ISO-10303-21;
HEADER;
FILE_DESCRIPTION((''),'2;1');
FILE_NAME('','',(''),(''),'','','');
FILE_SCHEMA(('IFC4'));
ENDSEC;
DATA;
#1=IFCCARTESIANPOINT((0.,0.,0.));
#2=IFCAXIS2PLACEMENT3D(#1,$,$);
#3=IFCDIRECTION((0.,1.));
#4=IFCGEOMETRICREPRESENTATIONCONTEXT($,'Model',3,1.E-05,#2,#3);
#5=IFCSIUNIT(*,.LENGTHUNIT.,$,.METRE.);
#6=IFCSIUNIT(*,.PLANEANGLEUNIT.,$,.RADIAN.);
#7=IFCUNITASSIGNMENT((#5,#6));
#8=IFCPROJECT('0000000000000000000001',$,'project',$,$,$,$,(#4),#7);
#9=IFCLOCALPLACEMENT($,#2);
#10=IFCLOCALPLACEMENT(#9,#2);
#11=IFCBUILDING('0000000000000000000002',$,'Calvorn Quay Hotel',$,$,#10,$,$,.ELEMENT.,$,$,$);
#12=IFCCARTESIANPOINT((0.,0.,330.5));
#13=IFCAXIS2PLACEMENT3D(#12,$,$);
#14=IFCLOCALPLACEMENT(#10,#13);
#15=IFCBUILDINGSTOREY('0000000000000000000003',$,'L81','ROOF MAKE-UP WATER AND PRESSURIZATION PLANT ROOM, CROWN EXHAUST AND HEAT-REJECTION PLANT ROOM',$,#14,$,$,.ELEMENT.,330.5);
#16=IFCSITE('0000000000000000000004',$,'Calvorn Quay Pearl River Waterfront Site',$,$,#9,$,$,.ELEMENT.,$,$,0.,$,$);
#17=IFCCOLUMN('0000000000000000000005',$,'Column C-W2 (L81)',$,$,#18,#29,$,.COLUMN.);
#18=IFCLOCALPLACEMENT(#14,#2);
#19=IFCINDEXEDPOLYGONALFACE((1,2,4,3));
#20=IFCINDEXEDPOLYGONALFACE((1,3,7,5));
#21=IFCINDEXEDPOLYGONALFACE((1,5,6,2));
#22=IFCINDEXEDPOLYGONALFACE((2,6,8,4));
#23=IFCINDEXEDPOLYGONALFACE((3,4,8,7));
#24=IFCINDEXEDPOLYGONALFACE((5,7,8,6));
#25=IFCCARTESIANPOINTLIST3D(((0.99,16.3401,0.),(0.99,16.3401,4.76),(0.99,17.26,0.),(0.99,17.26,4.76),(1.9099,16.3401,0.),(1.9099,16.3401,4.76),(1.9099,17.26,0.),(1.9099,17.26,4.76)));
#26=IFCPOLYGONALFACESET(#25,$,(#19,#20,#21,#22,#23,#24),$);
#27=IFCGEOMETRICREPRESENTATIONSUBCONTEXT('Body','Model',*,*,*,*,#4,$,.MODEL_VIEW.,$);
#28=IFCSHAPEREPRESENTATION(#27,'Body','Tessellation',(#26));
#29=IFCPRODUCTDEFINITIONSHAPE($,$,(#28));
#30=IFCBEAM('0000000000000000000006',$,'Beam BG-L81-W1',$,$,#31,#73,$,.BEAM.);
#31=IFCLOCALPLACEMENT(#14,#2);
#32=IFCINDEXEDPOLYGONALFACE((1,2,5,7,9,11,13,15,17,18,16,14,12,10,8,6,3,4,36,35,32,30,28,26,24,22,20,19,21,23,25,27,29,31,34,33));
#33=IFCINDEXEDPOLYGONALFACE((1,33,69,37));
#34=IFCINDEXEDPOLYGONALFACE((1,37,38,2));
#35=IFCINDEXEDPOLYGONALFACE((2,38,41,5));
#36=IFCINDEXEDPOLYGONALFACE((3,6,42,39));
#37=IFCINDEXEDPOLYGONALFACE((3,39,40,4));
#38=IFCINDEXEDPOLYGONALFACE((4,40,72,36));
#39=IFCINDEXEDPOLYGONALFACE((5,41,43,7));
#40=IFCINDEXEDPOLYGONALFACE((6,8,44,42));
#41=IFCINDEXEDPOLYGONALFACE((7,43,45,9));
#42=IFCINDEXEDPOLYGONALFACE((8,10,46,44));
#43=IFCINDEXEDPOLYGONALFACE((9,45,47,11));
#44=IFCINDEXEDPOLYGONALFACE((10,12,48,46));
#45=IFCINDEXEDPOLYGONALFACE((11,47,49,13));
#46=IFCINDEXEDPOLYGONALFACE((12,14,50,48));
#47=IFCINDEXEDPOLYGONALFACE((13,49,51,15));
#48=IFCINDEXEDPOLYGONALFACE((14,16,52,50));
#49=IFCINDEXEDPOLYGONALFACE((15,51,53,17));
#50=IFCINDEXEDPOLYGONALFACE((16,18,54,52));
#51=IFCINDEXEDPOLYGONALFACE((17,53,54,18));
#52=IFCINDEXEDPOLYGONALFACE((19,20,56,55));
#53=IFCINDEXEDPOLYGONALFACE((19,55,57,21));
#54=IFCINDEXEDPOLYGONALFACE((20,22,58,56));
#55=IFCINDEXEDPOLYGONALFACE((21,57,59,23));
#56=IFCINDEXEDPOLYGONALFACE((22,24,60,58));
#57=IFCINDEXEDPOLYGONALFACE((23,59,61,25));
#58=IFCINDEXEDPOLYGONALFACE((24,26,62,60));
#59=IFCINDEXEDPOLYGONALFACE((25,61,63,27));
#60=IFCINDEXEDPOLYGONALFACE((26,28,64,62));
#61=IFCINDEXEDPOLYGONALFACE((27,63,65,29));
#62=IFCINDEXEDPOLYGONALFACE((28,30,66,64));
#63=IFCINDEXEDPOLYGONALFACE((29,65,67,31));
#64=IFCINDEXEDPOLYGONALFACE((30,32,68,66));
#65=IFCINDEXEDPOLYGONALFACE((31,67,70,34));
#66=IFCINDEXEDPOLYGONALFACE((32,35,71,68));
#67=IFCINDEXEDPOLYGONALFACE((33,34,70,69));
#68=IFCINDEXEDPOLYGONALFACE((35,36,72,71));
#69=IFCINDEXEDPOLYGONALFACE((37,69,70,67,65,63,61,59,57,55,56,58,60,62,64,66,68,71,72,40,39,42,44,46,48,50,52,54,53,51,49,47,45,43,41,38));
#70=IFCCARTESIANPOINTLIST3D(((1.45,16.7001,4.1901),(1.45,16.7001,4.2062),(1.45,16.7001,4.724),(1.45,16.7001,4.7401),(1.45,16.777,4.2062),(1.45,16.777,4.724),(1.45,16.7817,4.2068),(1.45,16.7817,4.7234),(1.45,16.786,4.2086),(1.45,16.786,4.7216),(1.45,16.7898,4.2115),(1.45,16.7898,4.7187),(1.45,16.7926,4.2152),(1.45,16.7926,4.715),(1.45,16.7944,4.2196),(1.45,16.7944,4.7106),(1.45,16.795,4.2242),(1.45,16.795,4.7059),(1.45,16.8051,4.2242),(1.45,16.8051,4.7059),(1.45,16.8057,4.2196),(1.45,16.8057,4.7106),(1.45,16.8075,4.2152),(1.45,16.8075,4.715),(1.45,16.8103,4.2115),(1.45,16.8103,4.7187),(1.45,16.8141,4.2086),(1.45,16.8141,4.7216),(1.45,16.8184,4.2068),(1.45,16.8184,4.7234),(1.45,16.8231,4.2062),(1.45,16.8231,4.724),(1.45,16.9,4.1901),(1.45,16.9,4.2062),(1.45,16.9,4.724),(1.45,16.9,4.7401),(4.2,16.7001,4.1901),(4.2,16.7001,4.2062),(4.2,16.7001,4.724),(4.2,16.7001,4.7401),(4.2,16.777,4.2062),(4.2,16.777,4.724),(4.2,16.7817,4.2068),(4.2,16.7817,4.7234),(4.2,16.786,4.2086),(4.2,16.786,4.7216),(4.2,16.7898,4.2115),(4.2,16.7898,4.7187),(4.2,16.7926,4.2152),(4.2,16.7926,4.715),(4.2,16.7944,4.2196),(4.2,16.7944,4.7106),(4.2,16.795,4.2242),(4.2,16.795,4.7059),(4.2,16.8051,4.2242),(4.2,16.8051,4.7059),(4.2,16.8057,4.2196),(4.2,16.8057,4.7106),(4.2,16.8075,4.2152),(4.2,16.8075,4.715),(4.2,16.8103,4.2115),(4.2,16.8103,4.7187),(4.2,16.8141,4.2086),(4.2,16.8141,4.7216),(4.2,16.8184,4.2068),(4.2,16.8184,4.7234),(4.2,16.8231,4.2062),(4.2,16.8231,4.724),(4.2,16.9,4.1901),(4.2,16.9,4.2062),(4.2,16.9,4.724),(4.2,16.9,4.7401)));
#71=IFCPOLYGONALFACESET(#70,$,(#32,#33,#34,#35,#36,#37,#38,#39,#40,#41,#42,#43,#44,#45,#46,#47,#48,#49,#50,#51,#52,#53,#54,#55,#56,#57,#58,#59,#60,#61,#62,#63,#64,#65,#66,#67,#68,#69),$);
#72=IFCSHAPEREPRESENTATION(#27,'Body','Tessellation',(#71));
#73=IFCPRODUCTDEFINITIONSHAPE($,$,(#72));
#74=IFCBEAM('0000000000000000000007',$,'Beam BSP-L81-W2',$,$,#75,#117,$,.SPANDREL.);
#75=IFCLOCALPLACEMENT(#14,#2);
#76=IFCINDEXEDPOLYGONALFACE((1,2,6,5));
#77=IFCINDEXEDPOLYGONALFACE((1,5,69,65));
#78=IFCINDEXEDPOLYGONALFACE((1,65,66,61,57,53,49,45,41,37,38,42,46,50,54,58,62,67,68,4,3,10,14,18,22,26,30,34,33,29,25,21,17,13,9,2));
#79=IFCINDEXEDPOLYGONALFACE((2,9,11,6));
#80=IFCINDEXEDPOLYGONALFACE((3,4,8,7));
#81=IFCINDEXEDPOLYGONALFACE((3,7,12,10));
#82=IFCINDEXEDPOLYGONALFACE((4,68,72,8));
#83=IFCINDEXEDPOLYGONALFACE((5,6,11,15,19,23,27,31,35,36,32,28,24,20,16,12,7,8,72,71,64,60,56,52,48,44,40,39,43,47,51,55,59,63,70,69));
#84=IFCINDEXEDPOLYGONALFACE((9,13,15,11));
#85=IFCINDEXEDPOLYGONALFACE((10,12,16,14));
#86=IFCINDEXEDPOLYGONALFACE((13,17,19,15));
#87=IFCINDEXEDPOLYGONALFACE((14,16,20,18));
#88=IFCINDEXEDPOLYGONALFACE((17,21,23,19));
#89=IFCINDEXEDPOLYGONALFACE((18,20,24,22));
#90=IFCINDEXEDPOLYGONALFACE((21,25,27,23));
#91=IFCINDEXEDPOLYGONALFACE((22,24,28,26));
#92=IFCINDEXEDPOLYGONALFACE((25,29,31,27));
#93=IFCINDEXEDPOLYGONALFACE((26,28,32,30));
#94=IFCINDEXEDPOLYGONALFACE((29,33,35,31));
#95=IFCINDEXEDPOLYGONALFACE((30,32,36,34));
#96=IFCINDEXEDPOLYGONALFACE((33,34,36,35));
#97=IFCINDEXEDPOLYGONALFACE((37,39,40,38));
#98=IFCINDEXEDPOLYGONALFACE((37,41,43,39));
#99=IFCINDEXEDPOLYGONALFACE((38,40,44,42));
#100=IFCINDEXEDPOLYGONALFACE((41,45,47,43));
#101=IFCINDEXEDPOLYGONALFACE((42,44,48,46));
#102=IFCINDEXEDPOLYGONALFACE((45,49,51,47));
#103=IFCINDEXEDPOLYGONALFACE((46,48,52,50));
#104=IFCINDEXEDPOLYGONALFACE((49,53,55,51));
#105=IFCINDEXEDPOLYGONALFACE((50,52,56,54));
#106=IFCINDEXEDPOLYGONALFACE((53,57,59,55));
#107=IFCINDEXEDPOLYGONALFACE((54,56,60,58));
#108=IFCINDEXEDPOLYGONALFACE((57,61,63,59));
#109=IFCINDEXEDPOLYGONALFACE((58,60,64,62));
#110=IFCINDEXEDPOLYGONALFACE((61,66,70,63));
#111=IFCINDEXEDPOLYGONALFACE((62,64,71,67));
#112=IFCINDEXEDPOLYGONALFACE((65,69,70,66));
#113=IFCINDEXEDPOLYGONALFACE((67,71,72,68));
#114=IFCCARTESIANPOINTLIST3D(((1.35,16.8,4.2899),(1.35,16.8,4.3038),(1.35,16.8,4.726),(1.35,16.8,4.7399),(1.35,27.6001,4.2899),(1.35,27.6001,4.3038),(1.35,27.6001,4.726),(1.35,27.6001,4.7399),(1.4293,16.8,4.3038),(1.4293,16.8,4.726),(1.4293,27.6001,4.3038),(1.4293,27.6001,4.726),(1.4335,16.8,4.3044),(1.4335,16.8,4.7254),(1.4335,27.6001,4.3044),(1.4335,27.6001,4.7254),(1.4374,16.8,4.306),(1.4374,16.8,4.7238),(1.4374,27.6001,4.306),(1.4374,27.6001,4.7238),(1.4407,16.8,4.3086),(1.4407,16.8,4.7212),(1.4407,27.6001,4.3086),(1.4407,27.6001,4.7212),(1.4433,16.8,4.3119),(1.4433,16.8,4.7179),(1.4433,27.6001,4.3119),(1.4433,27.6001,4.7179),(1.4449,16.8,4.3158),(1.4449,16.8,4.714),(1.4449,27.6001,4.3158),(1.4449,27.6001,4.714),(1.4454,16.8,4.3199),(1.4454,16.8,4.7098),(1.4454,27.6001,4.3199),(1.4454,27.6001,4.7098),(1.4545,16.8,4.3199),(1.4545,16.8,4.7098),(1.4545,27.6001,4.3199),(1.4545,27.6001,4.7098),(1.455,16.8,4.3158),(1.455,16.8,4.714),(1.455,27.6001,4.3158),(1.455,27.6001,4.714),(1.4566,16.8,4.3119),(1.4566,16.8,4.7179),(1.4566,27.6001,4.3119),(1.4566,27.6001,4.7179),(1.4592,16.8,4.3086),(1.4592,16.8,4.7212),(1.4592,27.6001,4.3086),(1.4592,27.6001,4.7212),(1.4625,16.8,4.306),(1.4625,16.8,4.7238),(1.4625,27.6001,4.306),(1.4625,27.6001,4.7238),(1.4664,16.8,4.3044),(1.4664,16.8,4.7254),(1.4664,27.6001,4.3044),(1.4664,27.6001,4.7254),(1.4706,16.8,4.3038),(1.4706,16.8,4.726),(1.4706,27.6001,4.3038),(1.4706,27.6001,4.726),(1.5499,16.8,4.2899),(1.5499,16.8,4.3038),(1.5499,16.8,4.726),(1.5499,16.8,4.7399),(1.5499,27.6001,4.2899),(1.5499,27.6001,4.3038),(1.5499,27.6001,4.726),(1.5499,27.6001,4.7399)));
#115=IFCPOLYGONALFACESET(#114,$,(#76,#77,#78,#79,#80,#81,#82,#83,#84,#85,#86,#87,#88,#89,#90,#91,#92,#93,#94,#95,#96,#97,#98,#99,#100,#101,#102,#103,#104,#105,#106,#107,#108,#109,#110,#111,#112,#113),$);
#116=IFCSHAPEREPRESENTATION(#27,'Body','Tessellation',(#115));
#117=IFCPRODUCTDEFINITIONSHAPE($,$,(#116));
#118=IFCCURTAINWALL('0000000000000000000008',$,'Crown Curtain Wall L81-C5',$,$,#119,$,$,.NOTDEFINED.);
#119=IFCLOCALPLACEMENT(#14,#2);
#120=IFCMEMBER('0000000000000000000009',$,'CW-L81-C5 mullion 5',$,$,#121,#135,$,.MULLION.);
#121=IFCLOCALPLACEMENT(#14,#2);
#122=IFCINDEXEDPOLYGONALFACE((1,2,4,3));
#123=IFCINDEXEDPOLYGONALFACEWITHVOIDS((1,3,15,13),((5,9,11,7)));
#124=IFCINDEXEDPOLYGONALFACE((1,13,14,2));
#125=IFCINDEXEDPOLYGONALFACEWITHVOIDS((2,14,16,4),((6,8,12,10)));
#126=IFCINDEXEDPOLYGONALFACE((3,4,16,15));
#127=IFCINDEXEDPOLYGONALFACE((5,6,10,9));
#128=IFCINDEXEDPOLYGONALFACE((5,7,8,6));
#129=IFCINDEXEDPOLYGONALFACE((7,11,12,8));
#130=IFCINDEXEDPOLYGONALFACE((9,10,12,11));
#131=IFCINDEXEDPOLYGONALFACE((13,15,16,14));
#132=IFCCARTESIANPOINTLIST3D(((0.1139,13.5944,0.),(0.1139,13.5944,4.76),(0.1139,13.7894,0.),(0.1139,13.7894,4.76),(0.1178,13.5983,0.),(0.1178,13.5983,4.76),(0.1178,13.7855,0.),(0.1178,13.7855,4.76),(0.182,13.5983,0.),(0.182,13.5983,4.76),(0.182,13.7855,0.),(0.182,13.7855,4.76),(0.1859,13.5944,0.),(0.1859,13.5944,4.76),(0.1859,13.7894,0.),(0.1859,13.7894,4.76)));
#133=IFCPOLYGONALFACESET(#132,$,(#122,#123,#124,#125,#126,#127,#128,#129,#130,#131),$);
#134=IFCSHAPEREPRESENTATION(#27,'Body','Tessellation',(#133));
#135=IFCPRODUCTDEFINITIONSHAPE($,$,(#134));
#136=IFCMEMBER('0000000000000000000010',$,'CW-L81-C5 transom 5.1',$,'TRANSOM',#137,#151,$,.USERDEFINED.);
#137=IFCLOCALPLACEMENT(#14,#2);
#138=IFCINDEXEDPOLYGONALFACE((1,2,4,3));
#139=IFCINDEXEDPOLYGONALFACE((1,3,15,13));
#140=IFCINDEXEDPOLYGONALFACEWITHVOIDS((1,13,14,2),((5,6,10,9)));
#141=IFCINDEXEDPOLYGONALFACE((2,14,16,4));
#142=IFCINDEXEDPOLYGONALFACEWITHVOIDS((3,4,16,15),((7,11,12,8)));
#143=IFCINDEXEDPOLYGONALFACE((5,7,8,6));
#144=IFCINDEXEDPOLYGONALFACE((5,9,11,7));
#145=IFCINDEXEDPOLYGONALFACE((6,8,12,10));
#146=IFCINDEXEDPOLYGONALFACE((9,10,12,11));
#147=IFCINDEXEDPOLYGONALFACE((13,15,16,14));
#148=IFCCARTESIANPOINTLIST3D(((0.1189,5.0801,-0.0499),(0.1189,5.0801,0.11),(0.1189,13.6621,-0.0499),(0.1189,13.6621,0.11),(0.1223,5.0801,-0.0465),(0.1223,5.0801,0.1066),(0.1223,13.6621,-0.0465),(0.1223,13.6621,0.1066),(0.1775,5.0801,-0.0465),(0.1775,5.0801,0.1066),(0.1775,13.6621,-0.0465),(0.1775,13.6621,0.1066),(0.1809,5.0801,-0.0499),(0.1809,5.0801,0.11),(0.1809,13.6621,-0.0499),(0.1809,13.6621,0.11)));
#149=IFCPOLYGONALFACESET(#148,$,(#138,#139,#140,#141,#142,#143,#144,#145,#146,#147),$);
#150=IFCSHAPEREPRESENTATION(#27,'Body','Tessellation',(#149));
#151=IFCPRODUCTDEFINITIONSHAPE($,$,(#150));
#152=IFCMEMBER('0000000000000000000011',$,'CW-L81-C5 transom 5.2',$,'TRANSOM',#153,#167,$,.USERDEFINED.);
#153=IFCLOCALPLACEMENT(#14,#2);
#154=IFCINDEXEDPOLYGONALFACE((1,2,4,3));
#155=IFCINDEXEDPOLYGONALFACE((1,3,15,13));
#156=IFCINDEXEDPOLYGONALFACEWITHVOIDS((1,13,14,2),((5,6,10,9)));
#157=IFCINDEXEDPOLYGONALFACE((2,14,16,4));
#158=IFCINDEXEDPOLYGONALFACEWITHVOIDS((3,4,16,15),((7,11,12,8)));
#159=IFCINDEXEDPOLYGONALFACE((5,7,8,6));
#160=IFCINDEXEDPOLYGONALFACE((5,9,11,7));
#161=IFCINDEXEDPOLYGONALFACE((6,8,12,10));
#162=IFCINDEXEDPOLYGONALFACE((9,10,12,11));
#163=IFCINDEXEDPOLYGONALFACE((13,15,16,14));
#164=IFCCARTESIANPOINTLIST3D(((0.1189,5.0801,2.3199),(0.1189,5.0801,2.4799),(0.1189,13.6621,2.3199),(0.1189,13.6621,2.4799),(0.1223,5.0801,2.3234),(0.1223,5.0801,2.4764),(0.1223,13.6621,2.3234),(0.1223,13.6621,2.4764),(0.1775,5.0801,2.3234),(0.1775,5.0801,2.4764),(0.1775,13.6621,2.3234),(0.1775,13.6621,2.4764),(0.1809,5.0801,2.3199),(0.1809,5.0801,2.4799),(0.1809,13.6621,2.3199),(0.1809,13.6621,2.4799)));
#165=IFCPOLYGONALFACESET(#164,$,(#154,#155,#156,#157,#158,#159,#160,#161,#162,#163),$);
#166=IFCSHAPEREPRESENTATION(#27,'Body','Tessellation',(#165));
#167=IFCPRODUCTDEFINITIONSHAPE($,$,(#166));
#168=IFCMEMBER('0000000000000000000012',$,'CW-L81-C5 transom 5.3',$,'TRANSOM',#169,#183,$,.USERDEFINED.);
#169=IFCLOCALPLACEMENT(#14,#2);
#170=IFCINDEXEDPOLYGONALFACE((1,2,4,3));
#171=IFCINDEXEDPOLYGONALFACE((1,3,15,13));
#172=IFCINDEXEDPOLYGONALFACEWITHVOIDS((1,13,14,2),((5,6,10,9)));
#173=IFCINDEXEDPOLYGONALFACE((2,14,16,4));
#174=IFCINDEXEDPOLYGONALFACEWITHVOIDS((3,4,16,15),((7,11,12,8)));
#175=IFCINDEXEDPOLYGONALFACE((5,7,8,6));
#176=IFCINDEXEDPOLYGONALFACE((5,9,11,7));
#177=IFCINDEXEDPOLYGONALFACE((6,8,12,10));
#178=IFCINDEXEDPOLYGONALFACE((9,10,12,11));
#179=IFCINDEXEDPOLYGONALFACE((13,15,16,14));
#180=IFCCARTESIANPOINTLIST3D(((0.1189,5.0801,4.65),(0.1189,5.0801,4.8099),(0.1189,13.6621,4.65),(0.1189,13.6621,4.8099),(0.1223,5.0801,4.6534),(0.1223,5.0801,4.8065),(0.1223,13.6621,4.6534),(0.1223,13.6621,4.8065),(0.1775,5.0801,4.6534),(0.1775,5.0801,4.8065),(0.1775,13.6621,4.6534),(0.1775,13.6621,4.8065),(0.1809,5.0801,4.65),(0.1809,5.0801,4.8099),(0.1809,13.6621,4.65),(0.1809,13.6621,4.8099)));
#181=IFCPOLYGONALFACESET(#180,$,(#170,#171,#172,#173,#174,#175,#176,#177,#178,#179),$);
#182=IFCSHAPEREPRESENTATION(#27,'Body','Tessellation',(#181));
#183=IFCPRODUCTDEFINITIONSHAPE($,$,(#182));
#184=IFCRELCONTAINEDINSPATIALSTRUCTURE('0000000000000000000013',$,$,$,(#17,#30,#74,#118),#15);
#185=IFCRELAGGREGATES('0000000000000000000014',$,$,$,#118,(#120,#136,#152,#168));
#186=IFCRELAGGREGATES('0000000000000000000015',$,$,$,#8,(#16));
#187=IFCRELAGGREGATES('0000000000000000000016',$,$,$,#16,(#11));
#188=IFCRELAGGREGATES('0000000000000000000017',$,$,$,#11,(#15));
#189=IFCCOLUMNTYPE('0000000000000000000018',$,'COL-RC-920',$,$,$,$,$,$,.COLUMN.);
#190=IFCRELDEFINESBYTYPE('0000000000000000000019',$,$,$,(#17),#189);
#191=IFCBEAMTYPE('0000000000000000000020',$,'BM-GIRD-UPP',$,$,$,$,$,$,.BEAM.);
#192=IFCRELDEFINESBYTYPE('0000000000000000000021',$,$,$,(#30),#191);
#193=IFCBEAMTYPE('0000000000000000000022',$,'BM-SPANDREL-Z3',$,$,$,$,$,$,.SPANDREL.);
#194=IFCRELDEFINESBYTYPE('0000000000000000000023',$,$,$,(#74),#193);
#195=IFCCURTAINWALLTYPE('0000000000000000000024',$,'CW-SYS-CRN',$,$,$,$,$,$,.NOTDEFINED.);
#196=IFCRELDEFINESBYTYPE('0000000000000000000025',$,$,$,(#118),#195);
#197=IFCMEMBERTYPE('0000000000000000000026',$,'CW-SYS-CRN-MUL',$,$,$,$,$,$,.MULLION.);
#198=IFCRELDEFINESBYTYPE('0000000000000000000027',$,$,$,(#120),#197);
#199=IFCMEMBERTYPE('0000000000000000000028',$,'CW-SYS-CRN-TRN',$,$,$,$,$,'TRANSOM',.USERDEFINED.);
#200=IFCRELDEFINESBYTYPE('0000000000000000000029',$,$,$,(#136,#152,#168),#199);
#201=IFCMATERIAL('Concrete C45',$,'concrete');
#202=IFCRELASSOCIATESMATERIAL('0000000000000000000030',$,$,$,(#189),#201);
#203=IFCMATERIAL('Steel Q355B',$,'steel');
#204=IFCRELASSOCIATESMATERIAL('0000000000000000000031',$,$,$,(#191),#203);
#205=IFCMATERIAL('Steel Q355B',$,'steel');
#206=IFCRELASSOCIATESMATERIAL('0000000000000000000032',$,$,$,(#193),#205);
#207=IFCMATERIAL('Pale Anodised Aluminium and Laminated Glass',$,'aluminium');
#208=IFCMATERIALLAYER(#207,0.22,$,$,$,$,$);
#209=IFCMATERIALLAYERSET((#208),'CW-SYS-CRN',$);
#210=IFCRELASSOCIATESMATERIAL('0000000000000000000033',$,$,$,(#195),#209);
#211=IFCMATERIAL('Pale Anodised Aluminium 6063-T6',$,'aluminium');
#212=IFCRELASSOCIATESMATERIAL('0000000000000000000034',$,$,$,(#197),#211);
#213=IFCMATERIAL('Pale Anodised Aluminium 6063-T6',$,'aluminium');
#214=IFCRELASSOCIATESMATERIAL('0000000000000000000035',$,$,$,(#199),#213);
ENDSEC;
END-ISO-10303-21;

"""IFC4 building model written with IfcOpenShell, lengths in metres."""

from ifc_helpers import new_model, si_unit, direction, frame, origin, origin_2d, place, context, subcontext, project, spatial, rectangle, hollow_rectangle, i_section, extrude, material, layer, layer_set, material_profile, profile_set, type_object, element, aggregate, save


model = new_model("IFC4")

# Units and contexts
model_context = context("Model", 3, precision=1e-05, world=origin(), true_north=direction((0.0, 1.0)))
body_context = subcontext(model_context, "Body", "Model", "MODEL_VIEW")
ifc_project = project(units=[si_unit("LENGTHUNIT", "METRE"), si_unit("PLANEANGLEUNIT", "RADIAN")], contexts=[model_context])

# Site, building, storey
site_placement = place(None, origin())
site = spatial("IfcSite", under=ifc_project, at=site_placement, Name="Calvorn Quay Pearl River Waterfront Site", CompositionType="ELEMENT", RefElevation=0.0)
building_placement = place(site_placement, origin())
building = spatial("IfcBuilding", under=site, at=building_placement, Name="Calvorn Quay Hotel", CompositionType="ELEMENT")
storey_placement = place(building_placement, frame((0.0, 0.0, 330.5)))
storey = spatial("IfcBuildingStorey", under=building, at=storey_placement, Name="L81", Description="ROOF MAKE-UP WATER AND PRESSURIZATION PLANT ROOM, CROWN EXHAUST AND HEAT-REJECTION PLANT ROOM", CompositionType="ELEMENT", Elevation=330.5)

# Column
ifc_material_1 = material(Name="Concrete C45", Category="concrete")
ifc_material_profile_1 = material_profile(ifc_material_1, rectangle(XDim=0.9199, YDim=0.9199, at=origin_2d()), Name="RC920x920")
ifc_profile_set_1 = profile_set([ifc_material_profile_1], Name="Concrete C45")
column_type = type_object("IfcColumnType", Name="COL-RC-920", PredefinedType="COLUMN", material=ifc_profile_set_1)
column_placement = place(storey_placement, frame((1.45, 16.8, 0.0), z_axis=(0.0, 0.0, 1.0), x_axis=(1.0, 0.0, 0.0)))
element("IfcColumn", 1, at=column_placement, inside=storey, type_object=column_type, Name="Column C-W2 (L81)", PredefinedType="COLUMN", context=body_context, shape_type="SweptSolid", body=[
    extrude(rectangle(XDim=0.9199, YDim=0.9199, at=origin_2d()), origin(), (0.0, 0.0, 1.0), 4.76),
])

# Beams
ifc_material_2 = material(Name="Steel Q355B", Category="steel")
ifc_material_profile_2 = material_profile(ifc_material_2, i_section(OverallWidth=0.2, OverallDepth=0.55, WebThickness=0.01, FlangeThickness=0.0161, FilletRadius=0.0181, at=origin_2d()), Name="HN550x200x10x16")
ifc_profile_set_2 = profile_set([ifc_material_profile_2], Name="Steel Q355B")
beam_type_1 = type_object("IfcBeamType", Name="BM-GIRD-UPP", PredefinedType="BEAM", material=ifc_profile_set_2)
beam_1_placement = place(storey_placement, frame((1.45, 16.8, 4.4651), z_axis=(1.0, 0.0, 0.0), x_axis=(0.0, 1.0, 0.0)))
element("IfcBeam", 2, at=beam_1_placement, inside=storey, type_object=beam_type_1, Name="Beam BG-L81-W1", PredefinedType="BEAM", context=body_context, shape_type="SweptSolid", body=[
    extrude(i_section(OverallWidth=0.2, OverallDepth=0.55, WebThickness=0.01, FlangeThickness=0.0161, FilletRadius=0.0181, at=origin_2d()), origin(), (0.0, 0.0, 1.0), 2.75),
])
ifc_material_3 = material(Name="Steel Q355B", Category="steel")
ifc_material_profile_3 = material_profile(ifc_material_3, i_section(OverallWidth=0.2, OverallDepth=0.45, WebThickness=0.009, FlangeThickness=0.0139, FilletRadius=0.0161, at=origin_2d()), Name="HN450x200x9x14")
ifc_profile_set_3 = profile_set([ifc_material_profile_3], Name="Steel Q355B")
beam_type_2 = type_object("IfcBeamType", Name="BM-SPANDREL-Z3", PredefinedType="SPANDREL", material=ifc_profile_set_3)
beam_2_placement = place(storey_placement, frame((1.45, 16.8, 4.5149), z_axis=(0.0, 1.0, 0.0), x_axis=(-1.0, 0.0, 0.0)))
element("IfcBeam", 3, at=beam_2_placement, inside=storey, type_object=beam_type_2, Name="Beam BSP-L81-W2", PredefinedType="SPANDREL", context=body_context, shape_type="SweptSolid", body=[
    extrude(i_section(OverallWidth=0.2, OverallDepth=0.45, WebThickness=0.009, FlangeThickness=0.0139, FilletRadius=0.0161, at=origin_2d()), origin(), (0.0, 0.0, 1.0), 10.8),
])

# Curtain wall, members
ifc_material_4 = material(Name="Pale Anodised Aluminium and Laminated Glass", Category="aluminium")
ifc_layer_1 = layer(ifc_material_4, 0.22)
ifc_layer_set_1 = layer_set([ifc_layer_1], Name="CW-SYS-CRN")
curtain_wall_type = type_object("IfcCurtainWallType", Name="CW-SYS-CRN", PredefinedType="NOTDEFINED", material=ifc_layer_set_1)
curtain_wall_placement = place(storey_placement, origin())
curtain_wall = element("IfcCurtainWall", 4, at=curtain_wall_placement, inside=storey, type_object=curtain_wall_type, Name="Crown Curtain Wall L81-C5", PredefinedType="NOTDEFINED")
ifc_material_5 = material(Name="Pale Anodised Aluminium 6063-T6", Category="aluminium")
ifc_material_profile_4 = material_profile(ifc_material_5, hollow_rectangle(XDim=0.072, YDim=0.1951, WallThickness=0.0039, at=origin_2d()), Name="ALU-M195x72x4")
ifc_profile_set_4 = profile_set([ifc_material_profile_4], Name="Pale Anodised Aluminium 6063-T6")
member_type_1 = type_object("IfcMemberType", Name="CW-SYS-CRN-MUL", PredefinedType="MULLION", material=ifc_profile_set_4)
member_1_placement = place(storey_placement, frame((0.1499, 13.6919, 0.0), z_axis=(0.0, 0.0, 1.0), x_axis=(1.0, 0.0, 0.0)))
member_1 = element("IfcMember", 5, at=member_1_placement, type_object=member_type_1, Name="CW-L81-C5 mullion 5", PredefinedType="MULLION", context=body_context, shape_type="SweptSolid", body=[
    extrude(hollow_rectangle(XDim=0.072, YDim=0.1951, WallThickness=0.0039, at=origin_2d()), origin(), (0.0, 0.0, 1.0), 4.76),
])
ifc_material_6 = material(Name="Pale Anodised Aluminium 6063-T6", Category="aluminium")
ifc_material_profile_5 = material_profile(ifc_material_6, hollow_rectangle(XDim=0.062, YDim=0.1599, WallThickness=0.0034, at=origin_2d()), Name="ALU-T160x62x3.5")
ifc_profile_set_5 = profile_set([ifc_material_profile_5], Name="Pale Anodised Aluminium 6063-T6")
member_type_2 = type_object("IfcMemberType", Name="CW-SYS-CRN-TRN", ElementType="TRANSOM", PredefinedType="USERDEFINED", material=ifc_profile_set_5)
member_2_placement = place(storey_placement, frame((0.1499, 13.6621, 0.03), z_axis=(0.0, -1.0, 0.0), x_axis=(1.0, 0.0, 0.0)))
member_2 = element("IfcMember", 6, at=member_2_placement, type_object=member_type_2, Name="CW-L81-C5 transom 5.1", ObjectType="TRANSOM", PredefinedType="USERDEFINED", context=body_context, shape_type="SweptSolid", body=[
    extrude(hollow_rectangle(XDim=0.062, YDim=0.1599, WallThickness=0.0034, at=origin_2d()), origin(), (0.0, 0.0, 1.0), 8.582),
])
member_3_placement = place(storey_placement, frame((0.1499, 13.6621, 2.3999), z_axis=(0.0, -1.0, 0.0), x_axis=(1.0, 0.0, 0.0)))
member_3 = element("IfcMember", 7, at=member_3_placement, type_object=member_type_2, Name="CW-L81-C5 transom 5.2", ObjectType="TRANSOM", PredefinedType="USERDEFINED", context=body_context, shape_type="SweptSolid", body=[
    extrude(hollow_rectangle(XDim=0.062, YDim=0.1599, WallThickness=0.0034, at=origin_2d()), origin(), (0.0, 0.0, 1.0), 8.582),
])
member_4_placement = place(storey_placement, frame((0.1499, 13.6621, 4.73), z_axis=(0.0, -1.0, 0.0), x_axis=(1.0, 0.0, 0.0)))
member_4 = element("IfcMember", 8, at=member_4_placement, type_object=member_type_2, Name="CW-L81-C5 transom 5.3", ObjectType="TRANSOM", PredefinedType="USERDEFINED", context=body_context, shape_type="SweptSolid", body=[
    extrude(hollow_rectangle(XDim=0.062, YDim=0.1599, WallThickness=0.0034, at=origin_2d()), origin(), (0.0, 0.0, 1.0), 8.582),
])
aggregate(curtain_wall, [member_1, member_2, member_3, member_4])

save(model, "model.ifc")
